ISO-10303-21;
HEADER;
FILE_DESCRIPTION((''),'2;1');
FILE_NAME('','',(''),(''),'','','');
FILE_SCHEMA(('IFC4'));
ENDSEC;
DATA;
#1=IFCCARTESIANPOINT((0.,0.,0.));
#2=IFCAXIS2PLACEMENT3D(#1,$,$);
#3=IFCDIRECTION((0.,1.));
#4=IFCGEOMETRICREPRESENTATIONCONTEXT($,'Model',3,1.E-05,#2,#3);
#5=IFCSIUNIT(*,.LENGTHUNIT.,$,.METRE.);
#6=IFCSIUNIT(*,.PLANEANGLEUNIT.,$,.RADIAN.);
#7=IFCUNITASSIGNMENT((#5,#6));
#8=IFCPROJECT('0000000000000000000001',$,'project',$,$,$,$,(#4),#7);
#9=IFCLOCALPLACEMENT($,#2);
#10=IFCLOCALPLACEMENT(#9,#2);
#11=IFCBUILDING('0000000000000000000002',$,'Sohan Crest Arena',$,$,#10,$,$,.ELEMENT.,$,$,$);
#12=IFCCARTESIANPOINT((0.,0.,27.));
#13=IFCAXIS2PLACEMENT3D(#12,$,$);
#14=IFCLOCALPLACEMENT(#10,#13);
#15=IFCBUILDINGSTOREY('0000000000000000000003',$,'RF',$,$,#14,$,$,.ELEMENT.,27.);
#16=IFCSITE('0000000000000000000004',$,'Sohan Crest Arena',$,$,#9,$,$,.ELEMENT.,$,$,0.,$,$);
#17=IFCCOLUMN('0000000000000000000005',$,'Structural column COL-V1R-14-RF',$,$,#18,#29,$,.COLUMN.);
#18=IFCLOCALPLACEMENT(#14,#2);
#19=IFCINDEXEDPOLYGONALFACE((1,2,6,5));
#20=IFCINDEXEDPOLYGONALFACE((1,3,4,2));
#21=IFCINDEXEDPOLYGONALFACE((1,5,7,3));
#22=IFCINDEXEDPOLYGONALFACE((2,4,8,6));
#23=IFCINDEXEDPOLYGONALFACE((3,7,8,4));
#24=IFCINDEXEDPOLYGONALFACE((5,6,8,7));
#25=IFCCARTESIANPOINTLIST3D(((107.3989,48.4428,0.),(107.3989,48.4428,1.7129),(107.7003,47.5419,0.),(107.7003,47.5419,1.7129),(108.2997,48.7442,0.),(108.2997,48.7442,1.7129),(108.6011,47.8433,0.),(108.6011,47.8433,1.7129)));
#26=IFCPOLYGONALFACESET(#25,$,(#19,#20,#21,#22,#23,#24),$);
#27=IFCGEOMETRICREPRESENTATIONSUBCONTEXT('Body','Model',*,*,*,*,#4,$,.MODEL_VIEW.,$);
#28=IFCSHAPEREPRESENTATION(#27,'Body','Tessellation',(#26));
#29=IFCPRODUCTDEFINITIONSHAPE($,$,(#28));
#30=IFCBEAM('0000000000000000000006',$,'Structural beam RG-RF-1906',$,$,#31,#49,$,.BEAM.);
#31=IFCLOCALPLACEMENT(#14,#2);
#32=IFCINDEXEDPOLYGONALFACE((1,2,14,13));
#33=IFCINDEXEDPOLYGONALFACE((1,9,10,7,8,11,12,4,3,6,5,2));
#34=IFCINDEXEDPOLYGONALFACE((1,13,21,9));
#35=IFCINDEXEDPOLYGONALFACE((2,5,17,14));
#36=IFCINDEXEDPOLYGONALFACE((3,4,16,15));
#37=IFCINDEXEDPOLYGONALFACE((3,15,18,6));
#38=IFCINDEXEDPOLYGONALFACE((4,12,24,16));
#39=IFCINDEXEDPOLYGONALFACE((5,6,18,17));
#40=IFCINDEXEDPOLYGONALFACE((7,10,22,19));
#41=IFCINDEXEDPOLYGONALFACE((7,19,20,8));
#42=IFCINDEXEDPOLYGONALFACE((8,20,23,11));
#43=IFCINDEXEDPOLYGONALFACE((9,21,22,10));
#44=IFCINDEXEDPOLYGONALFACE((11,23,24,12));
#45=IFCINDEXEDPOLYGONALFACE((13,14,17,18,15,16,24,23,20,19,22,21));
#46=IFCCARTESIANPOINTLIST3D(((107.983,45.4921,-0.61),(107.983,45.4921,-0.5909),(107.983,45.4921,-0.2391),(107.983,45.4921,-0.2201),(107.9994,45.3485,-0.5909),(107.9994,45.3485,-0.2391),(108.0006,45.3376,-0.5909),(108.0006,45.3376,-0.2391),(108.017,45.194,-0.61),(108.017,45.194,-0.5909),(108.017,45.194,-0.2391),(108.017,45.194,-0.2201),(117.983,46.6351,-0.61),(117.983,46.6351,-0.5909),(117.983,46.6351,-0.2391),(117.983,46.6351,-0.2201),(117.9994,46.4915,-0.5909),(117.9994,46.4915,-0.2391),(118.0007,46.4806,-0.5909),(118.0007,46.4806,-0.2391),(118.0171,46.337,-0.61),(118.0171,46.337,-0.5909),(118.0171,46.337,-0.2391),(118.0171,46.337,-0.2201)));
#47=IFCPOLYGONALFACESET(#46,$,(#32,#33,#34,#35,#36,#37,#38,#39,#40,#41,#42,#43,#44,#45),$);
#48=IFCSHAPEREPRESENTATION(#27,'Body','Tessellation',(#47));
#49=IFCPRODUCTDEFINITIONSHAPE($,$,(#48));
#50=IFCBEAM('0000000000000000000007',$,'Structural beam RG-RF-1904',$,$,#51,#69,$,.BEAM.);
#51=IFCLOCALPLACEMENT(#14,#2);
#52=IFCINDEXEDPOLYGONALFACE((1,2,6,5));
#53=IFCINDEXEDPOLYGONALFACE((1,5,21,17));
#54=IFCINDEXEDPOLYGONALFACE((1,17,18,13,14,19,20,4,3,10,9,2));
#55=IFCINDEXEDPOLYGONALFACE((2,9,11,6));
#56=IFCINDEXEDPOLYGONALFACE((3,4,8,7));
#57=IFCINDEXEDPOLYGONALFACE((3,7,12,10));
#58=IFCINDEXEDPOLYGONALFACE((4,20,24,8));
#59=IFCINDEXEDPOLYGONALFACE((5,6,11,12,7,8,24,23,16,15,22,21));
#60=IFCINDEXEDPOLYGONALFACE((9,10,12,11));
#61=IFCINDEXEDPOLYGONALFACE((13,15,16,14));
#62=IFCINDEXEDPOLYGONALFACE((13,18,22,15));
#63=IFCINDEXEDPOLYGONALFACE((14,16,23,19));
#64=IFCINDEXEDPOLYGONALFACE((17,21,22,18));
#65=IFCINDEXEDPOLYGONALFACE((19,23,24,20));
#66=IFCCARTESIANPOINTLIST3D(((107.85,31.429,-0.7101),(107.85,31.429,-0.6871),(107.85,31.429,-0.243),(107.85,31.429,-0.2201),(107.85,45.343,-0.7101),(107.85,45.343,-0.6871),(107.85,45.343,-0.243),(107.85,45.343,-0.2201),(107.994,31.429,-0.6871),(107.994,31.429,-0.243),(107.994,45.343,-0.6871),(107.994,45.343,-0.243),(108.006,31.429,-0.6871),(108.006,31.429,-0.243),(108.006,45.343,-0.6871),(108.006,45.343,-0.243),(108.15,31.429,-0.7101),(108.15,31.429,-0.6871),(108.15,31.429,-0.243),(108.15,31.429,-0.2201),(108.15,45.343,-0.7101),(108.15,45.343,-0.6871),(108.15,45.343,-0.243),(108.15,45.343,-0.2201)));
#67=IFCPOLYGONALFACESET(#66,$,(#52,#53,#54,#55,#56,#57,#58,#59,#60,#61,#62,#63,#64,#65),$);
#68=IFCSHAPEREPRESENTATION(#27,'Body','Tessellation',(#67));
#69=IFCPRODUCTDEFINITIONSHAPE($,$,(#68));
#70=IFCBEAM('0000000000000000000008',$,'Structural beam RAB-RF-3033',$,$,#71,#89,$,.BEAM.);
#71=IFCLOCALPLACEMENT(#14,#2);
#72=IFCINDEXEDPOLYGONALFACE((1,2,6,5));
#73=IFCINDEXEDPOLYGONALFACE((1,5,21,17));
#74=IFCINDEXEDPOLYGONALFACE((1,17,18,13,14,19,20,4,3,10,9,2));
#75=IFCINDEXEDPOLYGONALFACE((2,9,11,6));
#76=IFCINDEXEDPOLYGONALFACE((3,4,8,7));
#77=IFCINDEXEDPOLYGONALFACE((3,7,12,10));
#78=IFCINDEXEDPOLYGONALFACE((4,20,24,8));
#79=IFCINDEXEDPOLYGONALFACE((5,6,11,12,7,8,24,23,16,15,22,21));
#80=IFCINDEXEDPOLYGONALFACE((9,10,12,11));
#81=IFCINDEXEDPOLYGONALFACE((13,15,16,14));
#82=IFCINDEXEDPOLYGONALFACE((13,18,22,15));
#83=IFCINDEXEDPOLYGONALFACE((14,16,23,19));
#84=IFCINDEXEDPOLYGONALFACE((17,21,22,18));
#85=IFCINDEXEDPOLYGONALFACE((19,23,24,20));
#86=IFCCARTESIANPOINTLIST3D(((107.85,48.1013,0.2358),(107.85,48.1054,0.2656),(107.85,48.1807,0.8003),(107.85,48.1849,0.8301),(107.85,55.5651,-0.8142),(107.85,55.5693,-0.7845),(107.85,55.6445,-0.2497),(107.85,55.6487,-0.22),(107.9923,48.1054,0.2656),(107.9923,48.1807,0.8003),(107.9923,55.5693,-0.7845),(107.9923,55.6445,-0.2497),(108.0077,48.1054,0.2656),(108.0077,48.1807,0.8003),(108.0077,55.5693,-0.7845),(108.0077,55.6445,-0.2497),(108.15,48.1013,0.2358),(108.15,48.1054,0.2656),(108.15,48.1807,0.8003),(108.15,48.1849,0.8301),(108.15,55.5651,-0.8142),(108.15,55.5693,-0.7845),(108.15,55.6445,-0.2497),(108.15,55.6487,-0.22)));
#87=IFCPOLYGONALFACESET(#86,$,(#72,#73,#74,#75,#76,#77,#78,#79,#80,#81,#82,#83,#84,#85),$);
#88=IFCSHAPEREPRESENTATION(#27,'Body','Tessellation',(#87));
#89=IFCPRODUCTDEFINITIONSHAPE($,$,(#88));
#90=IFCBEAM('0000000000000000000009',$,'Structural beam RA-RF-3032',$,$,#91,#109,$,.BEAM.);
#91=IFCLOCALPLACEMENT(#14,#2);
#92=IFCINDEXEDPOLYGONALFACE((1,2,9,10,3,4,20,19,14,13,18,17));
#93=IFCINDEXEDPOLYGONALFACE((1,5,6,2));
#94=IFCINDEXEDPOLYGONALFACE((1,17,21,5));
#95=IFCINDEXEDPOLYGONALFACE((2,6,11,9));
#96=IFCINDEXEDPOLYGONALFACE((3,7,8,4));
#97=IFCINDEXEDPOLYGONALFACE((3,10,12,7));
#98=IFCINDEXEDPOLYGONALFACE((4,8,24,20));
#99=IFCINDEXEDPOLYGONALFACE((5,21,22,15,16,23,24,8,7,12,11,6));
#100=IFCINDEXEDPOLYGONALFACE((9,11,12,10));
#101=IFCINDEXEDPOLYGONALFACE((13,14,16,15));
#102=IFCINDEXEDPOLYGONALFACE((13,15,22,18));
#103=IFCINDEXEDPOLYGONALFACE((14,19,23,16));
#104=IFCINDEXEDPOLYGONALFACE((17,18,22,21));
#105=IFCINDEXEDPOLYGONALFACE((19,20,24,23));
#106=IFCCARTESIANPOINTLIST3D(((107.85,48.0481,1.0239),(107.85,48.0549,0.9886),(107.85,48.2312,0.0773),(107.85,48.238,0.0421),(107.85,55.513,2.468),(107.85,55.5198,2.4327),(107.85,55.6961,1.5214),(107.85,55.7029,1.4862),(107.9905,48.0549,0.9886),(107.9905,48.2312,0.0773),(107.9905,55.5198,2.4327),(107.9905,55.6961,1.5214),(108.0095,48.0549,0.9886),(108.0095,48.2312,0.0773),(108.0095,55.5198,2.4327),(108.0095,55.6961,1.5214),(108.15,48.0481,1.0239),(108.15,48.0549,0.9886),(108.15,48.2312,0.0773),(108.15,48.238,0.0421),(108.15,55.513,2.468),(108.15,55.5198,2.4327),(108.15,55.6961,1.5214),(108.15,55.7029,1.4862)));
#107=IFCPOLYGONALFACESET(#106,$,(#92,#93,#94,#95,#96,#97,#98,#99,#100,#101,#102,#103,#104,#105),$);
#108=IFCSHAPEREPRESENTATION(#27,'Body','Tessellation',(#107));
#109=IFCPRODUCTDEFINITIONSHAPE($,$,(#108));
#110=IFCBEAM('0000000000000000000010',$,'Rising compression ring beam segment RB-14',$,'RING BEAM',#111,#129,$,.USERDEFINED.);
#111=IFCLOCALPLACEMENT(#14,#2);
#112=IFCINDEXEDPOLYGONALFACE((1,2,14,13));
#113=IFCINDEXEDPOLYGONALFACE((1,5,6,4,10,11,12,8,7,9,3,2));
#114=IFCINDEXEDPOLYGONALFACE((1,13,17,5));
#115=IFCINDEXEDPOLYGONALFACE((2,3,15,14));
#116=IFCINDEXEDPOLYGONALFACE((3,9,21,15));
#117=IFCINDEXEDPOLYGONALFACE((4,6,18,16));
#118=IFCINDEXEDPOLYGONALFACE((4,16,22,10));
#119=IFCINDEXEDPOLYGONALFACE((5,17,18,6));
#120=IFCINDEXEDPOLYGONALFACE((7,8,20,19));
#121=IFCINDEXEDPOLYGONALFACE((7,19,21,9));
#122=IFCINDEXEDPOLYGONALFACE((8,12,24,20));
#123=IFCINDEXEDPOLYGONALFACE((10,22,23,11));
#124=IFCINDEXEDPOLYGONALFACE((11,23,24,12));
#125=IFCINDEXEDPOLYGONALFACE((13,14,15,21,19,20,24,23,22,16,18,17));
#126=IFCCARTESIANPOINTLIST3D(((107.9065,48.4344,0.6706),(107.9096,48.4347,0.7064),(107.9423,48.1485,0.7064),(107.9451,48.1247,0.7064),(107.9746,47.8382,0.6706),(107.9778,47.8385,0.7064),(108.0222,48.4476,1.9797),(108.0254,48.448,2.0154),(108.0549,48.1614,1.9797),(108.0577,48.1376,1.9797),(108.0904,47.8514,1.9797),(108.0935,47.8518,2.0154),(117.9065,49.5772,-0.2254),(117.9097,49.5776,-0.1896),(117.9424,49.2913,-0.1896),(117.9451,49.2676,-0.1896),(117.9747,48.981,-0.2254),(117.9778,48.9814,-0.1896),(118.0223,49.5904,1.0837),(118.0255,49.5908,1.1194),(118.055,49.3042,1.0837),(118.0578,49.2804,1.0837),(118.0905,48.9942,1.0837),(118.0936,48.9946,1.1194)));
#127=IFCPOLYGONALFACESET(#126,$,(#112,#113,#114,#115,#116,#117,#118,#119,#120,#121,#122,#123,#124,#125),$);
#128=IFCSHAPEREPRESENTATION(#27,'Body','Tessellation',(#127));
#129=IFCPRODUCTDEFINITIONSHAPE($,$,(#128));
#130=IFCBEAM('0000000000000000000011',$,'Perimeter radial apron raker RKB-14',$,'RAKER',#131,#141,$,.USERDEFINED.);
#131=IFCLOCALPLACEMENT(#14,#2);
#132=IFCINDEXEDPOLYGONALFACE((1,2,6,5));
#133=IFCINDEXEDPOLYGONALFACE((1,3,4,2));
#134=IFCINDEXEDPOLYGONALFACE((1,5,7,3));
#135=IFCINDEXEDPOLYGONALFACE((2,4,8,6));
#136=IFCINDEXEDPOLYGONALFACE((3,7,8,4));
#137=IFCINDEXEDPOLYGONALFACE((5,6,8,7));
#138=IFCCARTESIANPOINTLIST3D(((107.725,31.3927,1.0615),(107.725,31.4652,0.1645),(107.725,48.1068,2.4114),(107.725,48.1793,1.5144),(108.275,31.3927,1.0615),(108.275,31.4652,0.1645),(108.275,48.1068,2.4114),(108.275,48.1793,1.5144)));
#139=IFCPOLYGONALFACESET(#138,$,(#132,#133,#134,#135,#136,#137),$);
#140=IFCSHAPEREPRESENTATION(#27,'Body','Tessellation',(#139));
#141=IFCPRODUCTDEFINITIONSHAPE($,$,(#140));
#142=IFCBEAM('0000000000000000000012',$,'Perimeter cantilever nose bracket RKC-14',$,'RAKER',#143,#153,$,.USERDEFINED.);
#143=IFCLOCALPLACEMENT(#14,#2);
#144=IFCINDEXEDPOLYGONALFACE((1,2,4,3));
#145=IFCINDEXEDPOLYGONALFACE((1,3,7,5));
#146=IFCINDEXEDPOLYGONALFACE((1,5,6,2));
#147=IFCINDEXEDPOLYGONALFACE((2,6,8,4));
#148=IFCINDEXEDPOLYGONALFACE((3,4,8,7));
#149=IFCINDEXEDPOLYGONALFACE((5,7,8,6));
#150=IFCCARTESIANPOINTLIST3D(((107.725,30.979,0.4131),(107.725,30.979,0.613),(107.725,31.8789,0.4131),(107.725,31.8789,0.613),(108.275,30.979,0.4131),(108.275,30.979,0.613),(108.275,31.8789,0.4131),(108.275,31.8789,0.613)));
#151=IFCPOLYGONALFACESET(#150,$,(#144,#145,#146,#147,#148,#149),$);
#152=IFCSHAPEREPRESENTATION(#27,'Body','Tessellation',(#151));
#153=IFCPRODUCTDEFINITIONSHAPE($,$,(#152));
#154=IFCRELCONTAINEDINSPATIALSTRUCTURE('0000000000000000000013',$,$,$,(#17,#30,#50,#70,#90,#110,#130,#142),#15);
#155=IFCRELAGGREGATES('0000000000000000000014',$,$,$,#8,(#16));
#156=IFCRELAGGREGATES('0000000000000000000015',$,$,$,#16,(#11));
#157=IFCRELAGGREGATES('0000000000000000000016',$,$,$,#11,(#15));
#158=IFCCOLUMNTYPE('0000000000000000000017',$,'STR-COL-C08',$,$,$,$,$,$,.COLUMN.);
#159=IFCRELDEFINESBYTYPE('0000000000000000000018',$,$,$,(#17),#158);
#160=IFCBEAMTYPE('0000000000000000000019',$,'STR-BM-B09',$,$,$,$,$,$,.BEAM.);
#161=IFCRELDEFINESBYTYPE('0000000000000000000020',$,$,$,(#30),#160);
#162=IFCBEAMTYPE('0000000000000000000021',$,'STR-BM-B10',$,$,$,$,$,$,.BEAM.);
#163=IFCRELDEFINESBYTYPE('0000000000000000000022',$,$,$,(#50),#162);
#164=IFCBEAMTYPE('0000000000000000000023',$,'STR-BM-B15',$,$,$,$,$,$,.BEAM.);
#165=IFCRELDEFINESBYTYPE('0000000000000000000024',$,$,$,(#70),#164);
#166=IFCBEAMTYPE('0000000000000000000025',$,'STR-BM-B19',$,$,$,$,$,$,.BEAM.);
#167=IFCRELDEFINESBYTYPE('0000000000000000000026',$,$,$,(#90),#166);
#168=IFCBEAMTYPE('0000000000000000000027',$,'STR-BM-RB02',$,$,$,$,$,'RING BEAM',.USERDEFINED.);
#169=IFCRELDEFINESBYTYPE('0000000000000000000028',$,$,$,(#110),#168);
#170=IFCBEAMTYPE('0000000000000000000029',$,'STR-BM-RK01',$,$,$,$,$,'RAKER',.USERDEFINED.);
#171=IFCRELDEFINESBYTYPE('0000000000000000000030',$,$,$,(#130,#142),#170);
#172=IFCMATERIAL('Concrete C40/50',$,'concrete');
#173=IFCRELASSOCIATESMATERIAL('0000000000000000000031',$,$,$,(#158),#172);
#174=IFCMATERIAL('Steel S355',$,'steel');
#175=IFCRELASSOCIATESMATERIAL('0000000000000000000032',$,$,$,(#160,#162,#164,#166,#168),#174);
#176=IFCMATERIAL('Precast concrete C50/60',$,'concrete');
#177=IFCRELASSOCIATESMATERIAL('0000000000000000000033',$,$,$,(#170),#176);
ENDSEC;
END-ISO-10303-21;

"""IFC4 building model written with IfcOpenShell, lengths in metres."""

from ifc_helpers import new_model, si_unit, direction, frame, origin, origin_2d, place, context, subcontext, project, spatial, rectangle, i_section, extrude, material, material_profile, profile_set, type_object, element, save


model = new_model("IFC4")

# Units and contexts
model_context = context("Model", 3, precision=1e-05, world=origin(), true_north=direction((0.0, 1.0)))
body_context = subcontext(model_context, "Body", "Model", "MODEL_VIEW")
ifc_project = project(units=[si_unit("LENGTHUNIT", "METRE"), si_unit("PLANEANGLEUNIT", "RADIAN")], contexts=[model_context])

# Site, building, storey
site_placement = place(None, origin())
site = spatial("IfcSite", under=ifc_project, at=site_placement, Name="Sohan Crest Arena", CompositionType="ELEMENT", RefElevation=0.0)
building_placement = place(site_placement, origin())
building = spatial("IfcBuilding", under=site, at=building_placement, Name="Sohan Crest Arena", CompositionType="ELEMENT")
storey_placement = place(building_placement, frame((0.0, 0.0, 27.0)))
storey = spatial("IfcBuildingStorey", under=building, at=storey_placement, Name="RF", CompositionType="ELEMENT", Elevation=27.0)

# Column
ifc_material_1 = material(Name="Concrete C40/50", Category="concrete")
ifc_material_profile_1 = material_profile(ifc_material_1, rectangle(XDim=0.95, YDim=0.95, at=origin_2d()), Name="RC 950x950")
ifc_profile_set_1 = profile_set([ifc_material_profile_1], Name="Concrete C40/50")
column_type = type_object("IfcColumnType", Name="STR-COL-C08", PredefinedType="COLUMN", material=ifc_profile_set_1)
column_placement = place(storey_placement, frame((108.0, 48.1431, 0.0), z_axis=(0.0, 0.0, 1.0), x_axis=(-0.317305, 0.948324, 0.0)))
element("IfcColumn", 1, at=column_placement, inside=storey, type_object=column_type, Name="Structural column COL-V1R-14-RF", PredefinedType="COLUMN", context=body_context, shape_type="SweptSolid", body=[
    extrude(rectangle(XDim=0.95, YDim=0.95, at=origin_2d()), origin(), (0.0, 0.0, 1.0), 1.7129),
])

# Beams
ifc_material_2 = material(Name="Steel S355", Category="steel")
ifc_material_profile_2 = material_profile(ifc_material_2, i_section(OverallWidth=0.3, OverallDepth=0.3899, WebThickness=0.011, FlangeThickness=0.019, at=origin_2d()), Name="HEA 400")
ifc_profile_set_2 = profile_set([ifc_material_profile_2], Name="Steel S355")
beam_type_1 = type_object("IfcBeamType", Name="STR-BM-B09", PredefinedType="BEAM", material=ifc_profile_set_2)
beam_1_placement = place(storey_placement, frame((108.0, 45.343, -0.415), z_axis=(0.99353, 0.113567, 0.0), x_axis=(-0.113567, 0.99353, 0.0)))
element("IfcBeam", 2, at=beam_1_placement, inside=storey, type_object=beam_type_1, Name="Structural beam RG-RF-1906", PredefinedType="BEAM", context=body_context, shape_type="SweptSolid", body=[
    extrude(i_section(OverallWidth=0.3, OverallDepth=0.3899, WebThickness=0.011, FlangeThickness=0.019, at=origin_2d()), origin(), (0.0, 0.0, 1.0), 10.0652),
])
ifc_material_profile_3 = material_profile(ifc_material_2, i_section(OverallWidth=0.3, OverallDepth=0.49, WebThickness=0.012, FlangeThickness=0.0229, at=origin_2d()), Name="HEA 500")
ifc_profile_set_3 = profile_set([ifc_material_profile_3], Name="Steel S355")
beam_type_2 = type_object("IfcBeamType", Name="STR-BM-B10", PredefinedType="BEAM", material=ifc_profile_set_3)
beam_2_placement = place(storey_placement, frame((108.0, 45.343, -0.4651), z_axis=(0.0, -1.0, 0.0), x_axis=(1.0, 0.0, 0.0)))
element("IfcBeam", 3, at=beam_2_placement, inside=storey, type_object=beam_type_2, Name="Structural beam RG-RF-1904", PredefinedType="BEAM", context=body_context, shape_type="SweptSolid", body=[
    extrude(i_section(OverallWidth=0.3, OverallDepth=0.49, WebThickness=0.012, FlangeThickness=0.0229, at=origin_2d()), origin(), (0.0, 0.0, 1.0), 13.9141),
])
ifc_material_profile_4 = material_profile(ifc_material_2, i_section(OverallWidth=0.3, OverallDepth=0.6001, WebThickness=0.0154, FlangeThickness=0.03, at=origin_2d()), Name="HEB 600")
ifc_profile_set_4 = profile_set([ifc_material_profile_4], Name="Steel S355")
beam_type_3 = type_object("IfcBeamType", Name="STR-BM-B15", PredefinedType="BEAM", material=ifc_profile_set_4)
beam_3_placement = place(storey_placement, frame((108.0, 48.1431, 0.533), z_axis=(0.0, 0.990248, -0.139312), x_axis=(-1.0, 0.0, 0.0)))
element("IfcBeam", 4, at=beam_3_placement, inside=storey, type_object=beam_type_3, Name="Structural beam RAB-RF-3033", PredefinedType="BEAM", context=body_context, shape_type="SweptSolid", body=[
    extrude(i_section(OverallWidth=0.3, OverallDepth=0.6001, WebThickness=0.0154, FlangeThickness=0.03, at=origin_2d()), origin(), (0.0, 0.0, 1.0), 7.5374),
])
ifc_material_profile_5 = material_profile(ifc_material_2, i_section(OverallWidth=0.3, OverallDepth=1.0, WebThickness=0.019, FlangeThickness=0.0359, at=origin_2d()), Name="HEB 1000")
ifc_profile_set_5 = profile_set([ifc_material_profile_5], Name="Steel S355")
beam_type_4 = type_object("IfcBeamType", Name="STR-BM-B19", PredefinedType="BEAM", material=ifc_profile_set_5)
beam_4_placement = place(storey_placement, frame((108.0, 48.1431, 0.533), z_axis=(0.0, 0.981797, 0.189931), x_axis=(-1.0, 0.0, 0.0)))
element("IfcBeam", 5, at=beam_4_placement, inside=storey, type_object=beam_type_4, Name="Structural beam RA-RF-3032", PredefinedType="BEAM", context=body_context, shape_type="SweptSolid", body=[
    extrude(i_section(OverallWidth=0.3, OverallDepth=1.0, WebThickness=0.019, FlangeThickness=0.0359, at=origin_2d()), origin(), (0.0, 0.0, 1.0), 7.6033),
])
ifc_material_profile_6 = material_profile(ifc_material_2, i_section(OverallWidth=0.6001, OverallDepth=1.3501, WebThickness=0.0239, FlangeThickness=0.0359, at=origin_2d()), Name="PG 1350x600x24x36")
ifc_profile_set_6 = profile_set([ifc_material_profile_6], Name="Steel S355")
beam_type_5 = type_object("IfcBeamType", Name="STR-BM-RB02", ElementType="RING BEAM", PredefinedType="USERDEFINED", material=ifc_profile_set_6)
beam_5_placement = place(storey_placement, frame((108.0, 48.1431, 1.343), z_axis=(0.98962, 0.113096, -0.08867), x_axis=(-0.113543, 0.993533, 0.0)))
element("IfcBeam", 6, at=beam_5_placement, inside=storey, type_object=beam_type_5, Name="Rising compression ring beam segment RB-14", ObjectType="RING BEAM", PredefinedType="USERDEFINED", context=body_context, shape_type="SweptSolid", body=[
    extrude(i_section(OverallWidth=0.6001, OverallDepth=1.3501, WebThickness=0.0239, FlangeThickness=0.0359, at=origin_2d()), origin(), (0.0, 0.0, 1.0), 10.105),
])
ifc_material_3 = material(Name="Precast concrete C50/60", Category="concrete")
ifc_material_profile_7 = material_profile(ifc_material_3, rectangle(XDim=0.55, YDim=0.8999, at=origin_2d()), Name="RAKER 550x900")
ifc_profile_set_7 = profile_set([ifc_material_profile_7], Name="Precast concrete C50/60")
beam_type_6 = type_object("IfcBeamType", Name="STR-BM-RK01", ElementType="RAKER", PredefinedType="USERDEFINED", material=ifc_profile_set_7)
beam_6_placement = place(storey_placement, frame((108.0, 48.1431, 1.9629), z_axis=(0.0, -0.996755, -0.080499), x_axis=(1.0, 0.0, 0.0)))
element("IfcBeam", 7, at=beam_6_placement, inside=storey, type_object=beam_type_6, Name="Perimeter radial apron raker RKB-14", ObjectType="RAKER", PredefinedType="USERDEFINED", context=body_context, shape_type="SweptSolid", body=[
    extrude(rectangle(XDim=0.55, YDim=0.8999, at=origin_2d()), origin(), (0.0, 0.0, 1.0), 16.7686),
])
beam_7_placement = place(storey_placement, frame((108.0, 31.429, 0.613), z_axis=(0.0, 0.0, -1.0), x_axis=(1.0, 0.0, 0.0)))
element("IfcBeam", 8, at=beam_7_placement, inside=storey, type_object=beam_type_6, Name="Perimeter cantilever nose bracket RKC-14", ObjectType="RAKER", PredefinedType="USERDEFINED", context=body_context, shape_type="SweptSolid", body=[
    extrude(rectangle(XDim=0.55, YDim=0.8999, at=origin_2d()), origin(), (0.0, 0.0, 1.0), 0.2),
])

save(model, "model.ifc")
